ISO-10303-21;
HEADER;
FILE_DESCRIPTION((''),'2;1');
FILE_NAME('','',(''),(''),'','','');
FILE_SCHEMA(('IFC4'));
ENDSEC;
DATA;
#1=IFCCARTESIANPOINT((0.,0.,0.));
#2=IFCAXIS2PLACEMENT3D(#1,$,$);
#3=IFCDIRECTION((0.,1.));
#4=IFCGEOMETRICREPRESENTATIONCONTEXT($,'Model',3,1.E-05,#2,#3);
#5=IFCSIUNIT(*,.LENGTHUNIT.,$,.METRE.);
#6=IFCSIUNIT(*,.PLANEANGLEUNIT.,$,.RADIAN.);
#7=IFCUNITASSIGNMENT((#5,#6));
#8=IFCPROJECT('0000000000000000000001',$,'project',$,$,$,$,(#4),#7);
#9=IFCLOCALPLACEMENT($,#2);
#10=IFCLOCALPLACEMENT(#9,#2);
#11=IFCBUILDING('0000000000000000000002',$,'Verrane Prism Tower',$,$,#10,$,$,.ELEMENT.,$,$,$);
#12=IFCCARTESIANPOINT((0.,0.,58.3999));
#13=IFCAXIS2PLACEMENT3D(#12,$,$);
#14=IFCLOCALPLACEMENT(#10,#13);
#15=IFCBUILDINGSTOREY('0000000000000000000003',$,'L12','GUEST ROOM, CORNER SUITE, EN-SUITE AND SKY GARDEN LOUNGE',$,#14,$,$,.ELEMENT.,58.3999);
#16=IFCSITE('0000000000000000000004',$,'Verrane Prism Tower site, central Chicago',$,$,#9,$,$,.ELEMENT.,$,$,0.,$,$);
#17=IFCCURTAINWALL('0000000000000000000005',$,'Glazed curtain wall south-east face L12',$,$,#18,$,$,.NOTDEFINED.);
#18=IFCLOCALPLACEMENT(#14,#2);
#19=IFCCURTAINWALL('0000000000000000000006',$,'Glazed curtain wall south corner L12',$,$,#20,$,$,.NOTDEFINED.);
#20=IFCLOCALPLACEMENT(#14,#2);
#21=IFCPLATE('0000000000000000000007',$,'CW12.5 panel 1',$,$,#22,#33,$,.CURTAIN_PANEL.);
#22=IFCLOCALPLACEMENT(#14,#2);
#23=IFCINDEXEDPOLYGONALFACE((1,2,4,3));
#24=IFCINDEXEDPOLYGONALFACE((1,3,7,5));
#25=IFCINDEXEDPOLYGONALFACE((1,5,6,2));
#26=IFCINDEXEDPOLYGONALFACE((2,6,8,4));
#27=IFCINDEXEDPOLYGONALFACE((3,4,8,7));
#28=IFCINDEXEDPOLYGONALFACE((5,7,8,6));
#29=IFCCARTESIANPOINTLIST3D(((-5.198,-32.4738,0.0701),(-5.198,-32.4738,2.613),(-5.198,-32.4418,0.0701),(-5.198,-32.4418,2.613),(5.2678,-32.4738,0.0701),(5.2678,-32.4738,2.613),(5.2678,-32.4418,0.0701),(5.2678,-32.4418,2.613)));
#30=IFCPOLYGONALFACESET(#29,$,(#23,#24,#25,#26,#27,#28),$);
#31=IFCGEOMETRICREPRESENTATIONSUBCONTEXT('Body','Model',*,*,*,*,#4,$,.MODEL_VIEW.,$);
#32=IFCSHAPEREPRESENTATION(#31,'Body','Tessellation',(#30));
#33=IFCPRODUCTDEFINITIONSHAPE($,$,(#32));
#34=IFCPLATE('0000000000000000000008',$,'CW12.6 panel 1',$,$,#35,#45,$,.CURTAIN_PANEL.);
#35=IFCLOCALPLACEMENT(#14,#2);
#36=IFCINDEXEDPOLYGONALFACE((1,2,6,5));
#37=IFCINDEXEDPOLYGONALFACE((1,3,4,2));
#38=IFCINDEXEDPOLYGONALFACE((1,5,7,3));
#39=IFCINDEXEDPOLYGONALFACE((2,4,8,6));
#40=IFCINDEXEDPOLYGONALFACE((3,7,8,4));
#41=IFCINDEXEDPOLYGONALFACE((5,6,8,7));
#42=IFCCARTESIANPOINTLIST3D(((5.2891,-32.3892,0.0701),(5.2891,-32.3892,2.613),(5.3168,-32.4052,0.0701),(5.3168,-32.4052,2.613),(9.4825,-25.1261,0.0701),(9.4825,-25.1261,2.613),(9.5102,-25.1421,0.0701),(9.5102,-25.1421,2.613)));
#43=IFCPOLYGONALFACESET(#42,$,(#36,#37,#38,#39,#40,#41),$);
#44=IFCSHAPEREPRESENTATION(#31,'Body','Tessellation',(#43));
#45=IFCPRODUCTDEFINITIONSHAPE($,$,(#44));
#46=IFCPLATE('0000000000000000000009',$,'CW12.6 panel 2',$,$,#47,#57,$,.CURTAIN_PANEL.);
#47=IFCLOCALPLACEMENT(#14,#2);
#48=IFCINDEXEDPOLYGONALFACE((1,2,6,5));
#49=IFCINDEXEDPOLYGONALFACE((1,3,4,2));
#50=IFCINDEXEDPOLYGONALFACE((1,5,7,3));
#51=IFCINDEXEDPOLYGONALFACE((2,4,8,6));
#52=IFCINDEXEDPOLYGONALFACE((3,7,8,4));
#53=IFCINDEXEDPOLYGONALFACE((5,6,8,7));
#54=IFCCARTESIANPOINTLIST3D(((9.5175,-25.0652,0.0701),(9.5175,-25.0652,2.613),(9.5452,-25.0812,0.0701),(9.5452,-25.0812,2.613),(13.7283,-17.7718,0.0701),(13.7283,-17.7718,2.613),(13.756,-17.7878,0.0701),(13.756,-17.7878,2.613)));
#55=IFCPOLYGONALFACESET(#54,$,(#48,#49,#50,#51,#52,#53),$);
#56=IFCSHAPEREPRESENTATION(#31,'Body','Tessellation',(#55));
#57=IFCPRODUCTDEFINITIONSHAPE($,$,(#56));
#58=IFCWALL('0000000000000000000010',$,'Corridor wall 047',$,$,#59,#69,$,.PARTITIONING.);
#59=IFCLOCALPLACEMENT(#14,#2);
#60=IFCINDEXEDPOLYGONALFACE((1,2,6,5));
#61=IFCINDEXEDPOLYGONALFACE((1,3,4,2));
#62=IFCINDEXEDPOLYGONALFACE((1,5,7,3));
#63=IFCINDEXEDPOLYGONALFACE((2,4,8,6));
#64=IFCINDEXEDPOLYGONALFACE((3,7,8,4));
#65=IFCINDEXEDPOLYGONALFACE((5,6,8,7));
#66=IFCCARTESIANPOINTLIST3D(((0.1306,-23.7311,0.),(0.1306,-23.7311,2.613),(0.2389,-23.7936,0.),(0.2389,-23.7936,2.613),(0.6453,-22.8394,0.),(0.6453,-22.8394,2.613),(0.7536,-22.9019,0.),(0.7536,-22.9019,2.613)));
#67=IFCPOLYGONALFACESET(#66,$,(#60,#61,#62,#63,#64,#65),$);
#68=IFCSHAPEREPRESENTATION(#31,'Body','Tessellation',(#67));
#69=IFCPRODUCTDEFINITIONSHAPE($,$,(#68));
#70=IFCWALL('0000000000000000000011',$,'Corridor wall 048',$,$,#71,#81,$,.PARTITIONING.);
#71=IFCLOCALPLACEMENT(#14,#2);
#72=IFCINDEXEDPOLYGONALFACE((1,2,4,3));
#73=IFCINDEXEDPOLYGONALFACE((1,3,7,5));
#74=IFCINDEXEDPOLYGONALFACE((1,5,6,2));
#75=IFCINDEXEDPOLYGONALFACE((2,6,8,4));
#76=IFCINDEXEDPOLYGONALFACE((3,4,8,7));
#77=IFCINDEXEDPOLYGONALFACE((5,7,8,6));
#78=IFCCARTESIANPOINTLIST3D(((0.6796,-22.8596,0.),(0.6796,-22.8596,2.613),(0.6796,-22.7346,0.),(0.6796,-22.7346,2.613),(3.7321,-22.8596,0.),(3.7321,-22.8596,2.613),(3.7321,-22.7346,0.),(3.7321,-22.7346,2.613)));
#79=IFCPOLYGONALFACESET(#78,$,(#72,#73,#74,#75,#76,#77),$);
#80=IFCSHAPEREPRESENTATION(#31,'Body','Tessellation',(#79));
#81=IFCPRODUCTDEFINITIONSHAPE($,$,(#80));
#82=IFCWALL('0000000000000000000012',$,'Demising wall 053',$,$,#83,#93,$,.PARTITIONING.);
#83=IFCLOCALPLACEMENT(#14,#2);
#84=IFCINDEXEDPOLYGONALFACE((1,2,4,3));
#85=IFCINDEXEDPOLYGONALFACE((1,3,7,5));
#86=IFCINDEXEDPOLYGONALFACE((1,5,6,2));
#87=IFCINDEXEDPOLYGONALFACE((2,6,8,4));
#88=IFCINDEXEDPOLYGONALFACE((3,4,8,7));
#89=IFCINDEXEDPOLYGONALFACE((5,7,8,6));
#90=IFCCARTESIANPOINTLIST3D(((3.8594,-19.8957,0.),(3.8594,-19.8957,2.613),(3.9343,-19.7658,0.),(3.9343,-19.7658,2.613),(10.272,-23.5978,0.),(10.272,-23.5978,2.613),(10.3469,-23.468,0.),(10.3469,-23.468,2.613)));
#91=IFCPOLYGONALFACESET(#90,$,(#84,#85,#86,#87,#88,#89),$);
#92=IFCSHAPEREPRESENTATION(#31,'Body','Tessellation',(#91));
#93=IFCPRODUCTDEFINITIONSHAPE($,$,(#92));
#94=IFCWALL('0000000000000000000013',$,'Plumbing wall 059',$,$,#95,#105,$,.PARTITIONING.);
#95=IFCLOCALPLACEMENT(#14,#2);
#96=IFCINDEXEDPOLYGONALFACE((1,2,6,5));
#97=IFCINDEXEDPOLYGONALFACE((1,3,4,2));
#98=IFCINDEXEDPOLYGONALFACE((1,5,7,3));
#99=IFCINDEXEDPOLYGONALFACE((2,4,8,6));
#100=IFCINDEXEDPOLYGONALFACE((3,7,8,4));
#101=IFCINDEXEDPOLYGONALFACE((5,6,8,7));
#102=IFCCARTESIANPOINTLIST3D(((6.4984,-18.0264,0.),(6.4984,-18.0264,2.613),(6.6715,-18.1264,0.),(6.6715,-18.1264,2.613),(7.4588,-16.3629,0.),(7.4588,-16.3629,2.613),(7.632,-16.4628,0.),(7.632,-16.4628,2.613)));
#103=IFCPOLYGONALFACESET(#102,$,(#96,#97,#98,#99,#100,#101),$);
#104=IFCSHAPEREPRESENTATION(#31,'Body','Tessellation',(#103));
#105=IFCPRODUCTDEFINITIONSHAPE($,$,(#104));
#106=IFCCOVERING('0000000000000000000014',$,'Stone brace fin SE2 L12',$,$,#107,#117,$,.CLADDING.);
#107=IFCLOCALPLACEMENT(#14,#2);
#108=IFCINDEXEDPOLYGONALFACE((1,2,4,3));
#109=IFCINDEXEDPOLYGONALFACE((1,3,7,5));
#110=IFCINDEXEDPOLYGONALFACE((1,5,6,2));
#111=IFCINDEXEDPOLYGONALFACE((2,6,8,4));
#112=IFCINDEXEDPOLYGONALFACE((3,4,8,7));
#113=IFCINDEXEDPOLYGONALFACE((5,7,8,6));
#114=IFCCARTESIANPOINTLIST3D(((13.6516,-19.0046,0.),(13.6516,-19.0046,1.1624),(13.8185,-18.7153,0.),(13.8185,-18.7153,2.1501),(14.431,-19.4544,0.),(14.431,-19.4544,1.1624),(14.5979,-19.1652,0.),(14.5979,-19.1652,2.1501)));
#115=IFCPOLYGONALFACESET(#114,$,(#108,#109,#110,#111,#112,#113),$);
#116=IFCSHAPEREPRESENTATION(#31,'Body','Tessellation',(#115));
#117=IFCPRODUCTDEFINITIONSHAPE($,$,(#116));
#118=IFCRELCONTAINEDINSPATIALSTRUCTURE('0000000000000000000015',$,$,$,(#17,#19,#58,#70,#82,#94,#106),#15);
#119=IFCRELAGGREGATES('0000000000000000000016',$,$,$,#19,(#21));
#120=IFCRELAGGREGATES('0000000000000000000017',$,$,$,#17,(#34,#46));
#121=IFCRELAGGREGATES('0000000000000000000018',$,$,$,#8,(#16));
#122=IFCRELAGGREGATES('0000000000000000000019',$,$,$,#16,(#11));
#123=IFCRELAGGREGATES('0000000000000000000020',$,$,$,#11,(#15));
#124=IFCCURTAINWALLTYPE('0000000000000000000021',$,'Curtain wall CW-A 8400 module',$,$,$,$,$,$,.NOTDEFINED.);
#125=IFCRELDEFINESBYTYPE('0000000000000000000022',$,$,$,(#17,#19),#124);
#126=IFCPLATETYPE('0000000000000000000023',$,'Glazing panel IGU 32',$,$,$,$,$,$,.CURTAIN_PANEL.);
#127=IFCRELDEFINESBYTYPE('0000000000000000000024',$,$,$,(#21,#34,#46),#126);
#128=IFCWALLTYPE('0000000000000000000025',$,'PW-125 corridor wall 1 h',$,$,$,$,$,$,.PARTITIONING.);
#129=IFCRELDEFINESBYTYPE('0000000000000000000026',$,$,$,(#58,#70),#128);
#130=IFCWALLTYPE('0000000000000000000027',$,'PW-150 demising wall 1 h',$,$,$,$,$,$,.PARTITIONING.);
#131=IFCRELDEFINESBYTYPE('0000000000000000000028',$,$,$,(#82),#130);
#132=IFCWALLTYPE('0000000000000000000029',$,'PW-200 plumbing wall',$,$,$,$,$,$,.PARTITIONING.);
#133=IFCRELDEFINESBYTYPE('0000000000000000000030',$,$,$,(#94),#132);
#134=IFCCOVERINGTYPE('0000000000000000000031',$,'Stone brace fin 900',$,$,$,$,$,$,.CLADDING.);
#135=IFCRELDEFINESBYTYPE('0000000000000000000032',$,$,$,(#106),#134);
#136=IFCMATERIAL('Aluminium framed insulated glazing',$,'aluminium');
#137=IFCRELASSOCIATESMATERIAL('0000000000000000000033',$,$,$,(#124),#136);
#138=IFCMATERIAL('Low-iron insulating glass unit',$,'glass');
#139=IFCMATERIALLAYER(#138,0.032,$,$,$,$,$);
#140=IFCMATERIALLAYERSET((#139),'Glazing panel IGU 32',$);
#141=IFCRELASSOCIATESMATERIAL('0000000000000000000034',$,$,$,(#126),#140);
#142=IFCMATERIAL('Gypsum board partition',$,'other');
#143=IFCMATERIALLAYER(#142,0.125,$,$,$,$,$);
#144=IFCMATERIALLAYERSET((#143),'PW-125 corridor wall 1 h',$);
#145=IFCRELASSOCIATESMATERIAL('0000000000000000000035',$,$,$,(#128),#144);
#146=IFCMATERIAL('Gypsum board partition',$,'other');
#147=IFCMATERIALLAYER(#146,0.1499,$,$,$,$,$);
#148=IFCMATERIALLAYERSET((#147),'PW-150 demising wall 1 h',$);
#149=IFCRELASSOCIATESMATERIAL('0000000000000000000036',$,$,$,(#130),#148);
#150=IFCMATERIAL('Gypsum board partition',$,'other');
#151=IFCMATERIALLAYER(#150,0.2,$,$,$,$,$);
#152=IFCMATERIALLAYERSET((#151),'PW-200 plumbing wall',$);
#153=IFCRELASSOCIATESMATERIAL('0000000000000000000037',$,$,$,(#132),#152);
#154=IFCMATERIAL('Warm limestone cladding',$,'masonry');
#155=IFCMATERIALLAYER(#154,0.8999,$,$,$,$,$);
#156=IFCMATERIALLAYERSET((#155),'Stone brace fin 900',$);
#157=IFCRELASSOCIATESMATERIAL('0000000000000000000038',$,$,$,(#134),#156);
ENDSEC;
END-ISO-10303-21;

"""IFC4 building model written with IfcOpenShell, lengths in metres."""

from ifc_helpers import new_model, si_unit, direction, frame, frame_2d, origin, origin_2d, place, context, subcontext, project, spatial, polyline, rectangle, outline, extrude, material, layer, layer_set, type_object, element, aggregate, save


model = new_model("IFC4")

# Units and contexts
model_context = context("Model", 3, precision=1e-05, world=origin(), true_north=direction((0.0, 1.0)))
body_context = subcontext(model_context, "Body", "Model", "MODEL_VIEW")
ifc_project = project(units=[si_unit("LENGTHUNIT", "METRE"), si_unit("PLANEANGLEUNIT", "RADIAN")], contexts=[model_context])

# Site, building, storey
site_placement = place(None, origin())
site = spatial("IfcSite", under=ifc_project, at=site_placement, Name="Verrane Prism Tower site, central Chicago", CompositionType="ELEMENT", RefElevation=0.0)
building_placement = place(site_placement, origin())
building = spatial("IfcBuilding", under=site, at=building_placement, Name="Verrane Prism Tower", CompositionType="ELEMENT")
storey_placement = place(building_placement, frame((0.0, 0.0, 58.3999)))
storey = spatial("IfcBuildingStorey", under=building, at=storey_placement, Name="L12", Description="GUEST ROOM, CORNER SUITE, EN-SUITE AND SKY GARDEN LOUNGE", CompositionType="ELEMENT", Elevation=58.3999)

# Curtain wall
ifc_material_1 = material(Name="Aluminium framed insulated glazing", Category="aluminium")
curtain_wall_type = type_object("IfcCurtainWallType", Name="Curtain wall CW-A 8400 module", PredefinedType="NOTDEFINED", material=ifc_material_1)
curtain_wall_1_placement = place(storey_placement, origin())
curtain_wall_1 = element("IfcCurtainWall", 1, at=curtain_wall_1_placement, inside=storey, type_object=curtain_wall_type, Name="Glazed curtain wall south-east face L12", PredefinedType="NOTDEFINED")

# Curtain wall, plate
curtain_wall_2_placement = place(storey_placement, origin())
curtain_wall_2 = element("IfcCurtainWall", 2, at=curtain_wall_2_placement, inside=storey, type_object=curtain_wall_type, Name="Glazed curtain wall south corner L12", PredefinedType="NOTDEFINED")
ifc_material_2 = material(Name="Low-iron insulating glass unit", Category="glass")
ifc_layer_1 = layer(ifc_material_2, 0.032)
ifc_layer_set_1 = layer_set([ifc_layer_1], Name="Glazing panel IGU 32")
plate_type = type_object("IfcPlateType", Name="Glazing panel IGU 32", PredefinedType="CURTAIN_PANEL", material=ifc_layer_set_1)
plate_1_placement = place(storey_placement, frame((0.0349, -32.4578, 0.0701), z_axis=(0.0, 0.0, 1.0), x_axis=(1.0, 0.0, 0.0)))
plate_1 = element("IfcPlate", 3, at=plate_1_placement, type_object=plate_type, Name="CW12.5 panel 1", PredefinedType="CURTAIN_PANEL", context=body_context, shape_type="SweptSolid", body=[
    extrude(rectangle(XDim=10.4658, YDim=0.032, at=origin_2d()), origin(), (0.0, 0.0, 1.0), 2.543),
])
aggregate(curtain_wall_2, [plate_1])

# Plates
plate_2_placement = place(storey_placement, frame((7.3997, -28.7656, 0.0701), z_axis=(0.0, 0.0, 1.0), x_axis=(0.499999, 0.866026, 0.0)))
plate_2 = element("IfcPlate", 4, at=plate_2_placement, type_object=plate_type, Name="CW12.6 panel 1", PredefinedType="CURTAIN_PANEL", context=body_context, shape_type="SweptSolid", body=[
    extrude(rectangle(XDim=8.3867, YDim=0.032, at=origin_2d()), origin(), (0.0, 0.0, 1.0), 2.543),
])
plate_3_placement = place(storey_placement, frame((11.6367, -21.4265, 0.0701), z_axis=(0.0, 0.0, 1.0), x_axis=(0.499999, 0.866026, 0.0)))
plate_3 = element("IfcPlate", 5, at=plate_3_placement, type_object=plate_type, Name="CW12.6 panel 2", PredefinedType="CURTAIN_PANEL", context=body_context, shape_type="SweptSolid", body=[
    extrude(rectangle(XDim=8.4216, YDim=0.032, at=origin_2d()), origin(), (0.0, 0.0, 1.0), 2.543),
])
aggregate(curtain_wall_1, [plate_2, plate_3])

# Walls
ifc_material_3 = material(Name="Gypsum board partition", Category="other")
ifc_layer_2 = layer(ifc_material_3, 0.125)
ifc_layer_set_2 = layer_set([ifc_layer_2], Name="PW-125 corridor wall 1 h")
wall_type_1 = type_object("IfcWallType", Name="PW-125 corridor wall 1 h", PredefinedType="PARTITIONING", material=ifc_layer_set_2)
wall_1_placement = place(storey_placement, frame((0.1848, -23.7622, 0.0), z_axis=(0.0, 0.0, 1.0), x_axis=(0.499914, 0.866075, 0.0)))
element("IfcWall", 6, at=wall_1_placement, inside=storey, type_object=wall_type_1, Name="Corridor wall 047", PredefinedType="PARTITIONING", context=body_context, shape_type="SweptSolid", body=[
    extrude(rectangle(XDim=1.0295, YDim=0.125, at=frame_2d((0.5146, 0.0))), origin(), (0.0, 0.0, 1.0), 2.613),
])
wall_2_placement = place(storey_placement, frame((0.6794, -22.7971, 0.0), z_axis=(0.0, 0.0, 1.0), x_axis=(1.0, 0.0, 0.0)))
element("IfcWall", 7, at=wall_2_placement, inside=storey, type_object=wall_type_1, Name="Corridor wall 048", PredefinedType="PARTITIONING", context=body_context, shape_type="SweptSolid", body=[
    extrude(rectangle(XDim=3.0525, YDim=0.125, at=frame_2d((1.5264, 0.0))), origin(), (0.0, 0.0, 1.0), 2.613),
])
ifc_material_4 = material(Name="Gypsum board partition", Category="other")
ifc_layer_3 = layer(ifc_material_4, 0.1499)
ifc_layer_set_3 = layer_set([ifc_layer_3], Name="PW-150 demising wall 1 h")
wall_type_2 = type_object("IfcWallType", Name="PW-150 demising wall 1 h", PredefinedType="PARTITIONING", material=ifc_layer_set_3)
wall_3_placement = place(storey_placement, frame((3.897, -19.8308, 0.0), z_axis=(0.0, 0.0, 1.0), x_axis=(0.866035, -0.499983, 0.0)))
element("IfcWall", 8, at=wall_3_placement, inside=storey, type_object=wall_type_2, Name="Demising wall 053", PredefinedType="PARTITIONING", context=body_context, shape_type="SweptSolid", body=[
    extrude(rectangle(XDim=7.4045, YDim=0.1499, at=frame_2d((3.7021, 0.0))), origin(), (0.0, 0.0, 1.0), 2.613),
])
ifc_material_5 = material(Name="Gypsum board partition", Category="other")
ifc_layer_4 = layer(ifc_material_5, 0.2)
ifc_layer_set_4 = layer_set([ifc_layer_4], Name="PW-200 plumbing wall")
wall_type_3 = type_object("IfcWallType", Name="PW-200 plumbing wall", PredefinedType="PARTITIONING", material=ifc_layer_set_4)
wall_4_placement = place(storey_placement, frame((6.585, -18.0764, 0.0), z_axis=(0.0, 0.0, 1.0), x_axis=(0.499994, 0.866029, 0.0)))
element("IfcWall", 9, at=wall_4_placement, inside=storey, type_object=wall_type_3, Name="Plumbing wall 059", PredefinedType="PARTITIONING", context=body_context, shape_type="SweptSolid", body=[
    extrude(rectangle(XDim=1.9209, YDim=0.2, at=frame_2d((0.9604, 0.0))), origin(), (0.0, 0.0, 1.0), 2.613),
])

# Covering
ifc_material_6 = material(Name="Warm limestone cladding", Category="masonry")
ifc_layer_5 = layer(ifc_material_6, 0.8999)
ifc_layer_set_5 = layer_set([ifc_layer_5], Name="Stone brace fin 900")
covering_type = type_object("IfcCoveringType", Name="Stone brace fin 900", PredefinedType="CLADDING", material=ifc_layer_set_5)
covering_placement = place(storey_placement, frame((14.0413, -19.2295, 0.0), z_axis=(0.0, 0.0, 1.0), x_axis=(0.499912, 0.866076, 0.0)))
element("IfcCovering", 10, at=covering_placement, inside=storey, type_object=covering_type, Name="Stone brace fin SE2 L12", PredefinedType="CLADDING", context=body_context, shape_type="SweptSolid", body=[
    extrude(outline(polyline([(0.0, 0.0), (0.334, 0.0), (0.334, 2.1501), (0.0, 1.1624), (0.0, 0.0)])), frame((0.0, 0.45, 0.0), z_axis=(0.0, -1.0, 0.0), x_axis=(1.0, 0.0, 0.0)), (0.0, 0.0, 1.0), 0.8999),
])

save(model, "model.ifc")
